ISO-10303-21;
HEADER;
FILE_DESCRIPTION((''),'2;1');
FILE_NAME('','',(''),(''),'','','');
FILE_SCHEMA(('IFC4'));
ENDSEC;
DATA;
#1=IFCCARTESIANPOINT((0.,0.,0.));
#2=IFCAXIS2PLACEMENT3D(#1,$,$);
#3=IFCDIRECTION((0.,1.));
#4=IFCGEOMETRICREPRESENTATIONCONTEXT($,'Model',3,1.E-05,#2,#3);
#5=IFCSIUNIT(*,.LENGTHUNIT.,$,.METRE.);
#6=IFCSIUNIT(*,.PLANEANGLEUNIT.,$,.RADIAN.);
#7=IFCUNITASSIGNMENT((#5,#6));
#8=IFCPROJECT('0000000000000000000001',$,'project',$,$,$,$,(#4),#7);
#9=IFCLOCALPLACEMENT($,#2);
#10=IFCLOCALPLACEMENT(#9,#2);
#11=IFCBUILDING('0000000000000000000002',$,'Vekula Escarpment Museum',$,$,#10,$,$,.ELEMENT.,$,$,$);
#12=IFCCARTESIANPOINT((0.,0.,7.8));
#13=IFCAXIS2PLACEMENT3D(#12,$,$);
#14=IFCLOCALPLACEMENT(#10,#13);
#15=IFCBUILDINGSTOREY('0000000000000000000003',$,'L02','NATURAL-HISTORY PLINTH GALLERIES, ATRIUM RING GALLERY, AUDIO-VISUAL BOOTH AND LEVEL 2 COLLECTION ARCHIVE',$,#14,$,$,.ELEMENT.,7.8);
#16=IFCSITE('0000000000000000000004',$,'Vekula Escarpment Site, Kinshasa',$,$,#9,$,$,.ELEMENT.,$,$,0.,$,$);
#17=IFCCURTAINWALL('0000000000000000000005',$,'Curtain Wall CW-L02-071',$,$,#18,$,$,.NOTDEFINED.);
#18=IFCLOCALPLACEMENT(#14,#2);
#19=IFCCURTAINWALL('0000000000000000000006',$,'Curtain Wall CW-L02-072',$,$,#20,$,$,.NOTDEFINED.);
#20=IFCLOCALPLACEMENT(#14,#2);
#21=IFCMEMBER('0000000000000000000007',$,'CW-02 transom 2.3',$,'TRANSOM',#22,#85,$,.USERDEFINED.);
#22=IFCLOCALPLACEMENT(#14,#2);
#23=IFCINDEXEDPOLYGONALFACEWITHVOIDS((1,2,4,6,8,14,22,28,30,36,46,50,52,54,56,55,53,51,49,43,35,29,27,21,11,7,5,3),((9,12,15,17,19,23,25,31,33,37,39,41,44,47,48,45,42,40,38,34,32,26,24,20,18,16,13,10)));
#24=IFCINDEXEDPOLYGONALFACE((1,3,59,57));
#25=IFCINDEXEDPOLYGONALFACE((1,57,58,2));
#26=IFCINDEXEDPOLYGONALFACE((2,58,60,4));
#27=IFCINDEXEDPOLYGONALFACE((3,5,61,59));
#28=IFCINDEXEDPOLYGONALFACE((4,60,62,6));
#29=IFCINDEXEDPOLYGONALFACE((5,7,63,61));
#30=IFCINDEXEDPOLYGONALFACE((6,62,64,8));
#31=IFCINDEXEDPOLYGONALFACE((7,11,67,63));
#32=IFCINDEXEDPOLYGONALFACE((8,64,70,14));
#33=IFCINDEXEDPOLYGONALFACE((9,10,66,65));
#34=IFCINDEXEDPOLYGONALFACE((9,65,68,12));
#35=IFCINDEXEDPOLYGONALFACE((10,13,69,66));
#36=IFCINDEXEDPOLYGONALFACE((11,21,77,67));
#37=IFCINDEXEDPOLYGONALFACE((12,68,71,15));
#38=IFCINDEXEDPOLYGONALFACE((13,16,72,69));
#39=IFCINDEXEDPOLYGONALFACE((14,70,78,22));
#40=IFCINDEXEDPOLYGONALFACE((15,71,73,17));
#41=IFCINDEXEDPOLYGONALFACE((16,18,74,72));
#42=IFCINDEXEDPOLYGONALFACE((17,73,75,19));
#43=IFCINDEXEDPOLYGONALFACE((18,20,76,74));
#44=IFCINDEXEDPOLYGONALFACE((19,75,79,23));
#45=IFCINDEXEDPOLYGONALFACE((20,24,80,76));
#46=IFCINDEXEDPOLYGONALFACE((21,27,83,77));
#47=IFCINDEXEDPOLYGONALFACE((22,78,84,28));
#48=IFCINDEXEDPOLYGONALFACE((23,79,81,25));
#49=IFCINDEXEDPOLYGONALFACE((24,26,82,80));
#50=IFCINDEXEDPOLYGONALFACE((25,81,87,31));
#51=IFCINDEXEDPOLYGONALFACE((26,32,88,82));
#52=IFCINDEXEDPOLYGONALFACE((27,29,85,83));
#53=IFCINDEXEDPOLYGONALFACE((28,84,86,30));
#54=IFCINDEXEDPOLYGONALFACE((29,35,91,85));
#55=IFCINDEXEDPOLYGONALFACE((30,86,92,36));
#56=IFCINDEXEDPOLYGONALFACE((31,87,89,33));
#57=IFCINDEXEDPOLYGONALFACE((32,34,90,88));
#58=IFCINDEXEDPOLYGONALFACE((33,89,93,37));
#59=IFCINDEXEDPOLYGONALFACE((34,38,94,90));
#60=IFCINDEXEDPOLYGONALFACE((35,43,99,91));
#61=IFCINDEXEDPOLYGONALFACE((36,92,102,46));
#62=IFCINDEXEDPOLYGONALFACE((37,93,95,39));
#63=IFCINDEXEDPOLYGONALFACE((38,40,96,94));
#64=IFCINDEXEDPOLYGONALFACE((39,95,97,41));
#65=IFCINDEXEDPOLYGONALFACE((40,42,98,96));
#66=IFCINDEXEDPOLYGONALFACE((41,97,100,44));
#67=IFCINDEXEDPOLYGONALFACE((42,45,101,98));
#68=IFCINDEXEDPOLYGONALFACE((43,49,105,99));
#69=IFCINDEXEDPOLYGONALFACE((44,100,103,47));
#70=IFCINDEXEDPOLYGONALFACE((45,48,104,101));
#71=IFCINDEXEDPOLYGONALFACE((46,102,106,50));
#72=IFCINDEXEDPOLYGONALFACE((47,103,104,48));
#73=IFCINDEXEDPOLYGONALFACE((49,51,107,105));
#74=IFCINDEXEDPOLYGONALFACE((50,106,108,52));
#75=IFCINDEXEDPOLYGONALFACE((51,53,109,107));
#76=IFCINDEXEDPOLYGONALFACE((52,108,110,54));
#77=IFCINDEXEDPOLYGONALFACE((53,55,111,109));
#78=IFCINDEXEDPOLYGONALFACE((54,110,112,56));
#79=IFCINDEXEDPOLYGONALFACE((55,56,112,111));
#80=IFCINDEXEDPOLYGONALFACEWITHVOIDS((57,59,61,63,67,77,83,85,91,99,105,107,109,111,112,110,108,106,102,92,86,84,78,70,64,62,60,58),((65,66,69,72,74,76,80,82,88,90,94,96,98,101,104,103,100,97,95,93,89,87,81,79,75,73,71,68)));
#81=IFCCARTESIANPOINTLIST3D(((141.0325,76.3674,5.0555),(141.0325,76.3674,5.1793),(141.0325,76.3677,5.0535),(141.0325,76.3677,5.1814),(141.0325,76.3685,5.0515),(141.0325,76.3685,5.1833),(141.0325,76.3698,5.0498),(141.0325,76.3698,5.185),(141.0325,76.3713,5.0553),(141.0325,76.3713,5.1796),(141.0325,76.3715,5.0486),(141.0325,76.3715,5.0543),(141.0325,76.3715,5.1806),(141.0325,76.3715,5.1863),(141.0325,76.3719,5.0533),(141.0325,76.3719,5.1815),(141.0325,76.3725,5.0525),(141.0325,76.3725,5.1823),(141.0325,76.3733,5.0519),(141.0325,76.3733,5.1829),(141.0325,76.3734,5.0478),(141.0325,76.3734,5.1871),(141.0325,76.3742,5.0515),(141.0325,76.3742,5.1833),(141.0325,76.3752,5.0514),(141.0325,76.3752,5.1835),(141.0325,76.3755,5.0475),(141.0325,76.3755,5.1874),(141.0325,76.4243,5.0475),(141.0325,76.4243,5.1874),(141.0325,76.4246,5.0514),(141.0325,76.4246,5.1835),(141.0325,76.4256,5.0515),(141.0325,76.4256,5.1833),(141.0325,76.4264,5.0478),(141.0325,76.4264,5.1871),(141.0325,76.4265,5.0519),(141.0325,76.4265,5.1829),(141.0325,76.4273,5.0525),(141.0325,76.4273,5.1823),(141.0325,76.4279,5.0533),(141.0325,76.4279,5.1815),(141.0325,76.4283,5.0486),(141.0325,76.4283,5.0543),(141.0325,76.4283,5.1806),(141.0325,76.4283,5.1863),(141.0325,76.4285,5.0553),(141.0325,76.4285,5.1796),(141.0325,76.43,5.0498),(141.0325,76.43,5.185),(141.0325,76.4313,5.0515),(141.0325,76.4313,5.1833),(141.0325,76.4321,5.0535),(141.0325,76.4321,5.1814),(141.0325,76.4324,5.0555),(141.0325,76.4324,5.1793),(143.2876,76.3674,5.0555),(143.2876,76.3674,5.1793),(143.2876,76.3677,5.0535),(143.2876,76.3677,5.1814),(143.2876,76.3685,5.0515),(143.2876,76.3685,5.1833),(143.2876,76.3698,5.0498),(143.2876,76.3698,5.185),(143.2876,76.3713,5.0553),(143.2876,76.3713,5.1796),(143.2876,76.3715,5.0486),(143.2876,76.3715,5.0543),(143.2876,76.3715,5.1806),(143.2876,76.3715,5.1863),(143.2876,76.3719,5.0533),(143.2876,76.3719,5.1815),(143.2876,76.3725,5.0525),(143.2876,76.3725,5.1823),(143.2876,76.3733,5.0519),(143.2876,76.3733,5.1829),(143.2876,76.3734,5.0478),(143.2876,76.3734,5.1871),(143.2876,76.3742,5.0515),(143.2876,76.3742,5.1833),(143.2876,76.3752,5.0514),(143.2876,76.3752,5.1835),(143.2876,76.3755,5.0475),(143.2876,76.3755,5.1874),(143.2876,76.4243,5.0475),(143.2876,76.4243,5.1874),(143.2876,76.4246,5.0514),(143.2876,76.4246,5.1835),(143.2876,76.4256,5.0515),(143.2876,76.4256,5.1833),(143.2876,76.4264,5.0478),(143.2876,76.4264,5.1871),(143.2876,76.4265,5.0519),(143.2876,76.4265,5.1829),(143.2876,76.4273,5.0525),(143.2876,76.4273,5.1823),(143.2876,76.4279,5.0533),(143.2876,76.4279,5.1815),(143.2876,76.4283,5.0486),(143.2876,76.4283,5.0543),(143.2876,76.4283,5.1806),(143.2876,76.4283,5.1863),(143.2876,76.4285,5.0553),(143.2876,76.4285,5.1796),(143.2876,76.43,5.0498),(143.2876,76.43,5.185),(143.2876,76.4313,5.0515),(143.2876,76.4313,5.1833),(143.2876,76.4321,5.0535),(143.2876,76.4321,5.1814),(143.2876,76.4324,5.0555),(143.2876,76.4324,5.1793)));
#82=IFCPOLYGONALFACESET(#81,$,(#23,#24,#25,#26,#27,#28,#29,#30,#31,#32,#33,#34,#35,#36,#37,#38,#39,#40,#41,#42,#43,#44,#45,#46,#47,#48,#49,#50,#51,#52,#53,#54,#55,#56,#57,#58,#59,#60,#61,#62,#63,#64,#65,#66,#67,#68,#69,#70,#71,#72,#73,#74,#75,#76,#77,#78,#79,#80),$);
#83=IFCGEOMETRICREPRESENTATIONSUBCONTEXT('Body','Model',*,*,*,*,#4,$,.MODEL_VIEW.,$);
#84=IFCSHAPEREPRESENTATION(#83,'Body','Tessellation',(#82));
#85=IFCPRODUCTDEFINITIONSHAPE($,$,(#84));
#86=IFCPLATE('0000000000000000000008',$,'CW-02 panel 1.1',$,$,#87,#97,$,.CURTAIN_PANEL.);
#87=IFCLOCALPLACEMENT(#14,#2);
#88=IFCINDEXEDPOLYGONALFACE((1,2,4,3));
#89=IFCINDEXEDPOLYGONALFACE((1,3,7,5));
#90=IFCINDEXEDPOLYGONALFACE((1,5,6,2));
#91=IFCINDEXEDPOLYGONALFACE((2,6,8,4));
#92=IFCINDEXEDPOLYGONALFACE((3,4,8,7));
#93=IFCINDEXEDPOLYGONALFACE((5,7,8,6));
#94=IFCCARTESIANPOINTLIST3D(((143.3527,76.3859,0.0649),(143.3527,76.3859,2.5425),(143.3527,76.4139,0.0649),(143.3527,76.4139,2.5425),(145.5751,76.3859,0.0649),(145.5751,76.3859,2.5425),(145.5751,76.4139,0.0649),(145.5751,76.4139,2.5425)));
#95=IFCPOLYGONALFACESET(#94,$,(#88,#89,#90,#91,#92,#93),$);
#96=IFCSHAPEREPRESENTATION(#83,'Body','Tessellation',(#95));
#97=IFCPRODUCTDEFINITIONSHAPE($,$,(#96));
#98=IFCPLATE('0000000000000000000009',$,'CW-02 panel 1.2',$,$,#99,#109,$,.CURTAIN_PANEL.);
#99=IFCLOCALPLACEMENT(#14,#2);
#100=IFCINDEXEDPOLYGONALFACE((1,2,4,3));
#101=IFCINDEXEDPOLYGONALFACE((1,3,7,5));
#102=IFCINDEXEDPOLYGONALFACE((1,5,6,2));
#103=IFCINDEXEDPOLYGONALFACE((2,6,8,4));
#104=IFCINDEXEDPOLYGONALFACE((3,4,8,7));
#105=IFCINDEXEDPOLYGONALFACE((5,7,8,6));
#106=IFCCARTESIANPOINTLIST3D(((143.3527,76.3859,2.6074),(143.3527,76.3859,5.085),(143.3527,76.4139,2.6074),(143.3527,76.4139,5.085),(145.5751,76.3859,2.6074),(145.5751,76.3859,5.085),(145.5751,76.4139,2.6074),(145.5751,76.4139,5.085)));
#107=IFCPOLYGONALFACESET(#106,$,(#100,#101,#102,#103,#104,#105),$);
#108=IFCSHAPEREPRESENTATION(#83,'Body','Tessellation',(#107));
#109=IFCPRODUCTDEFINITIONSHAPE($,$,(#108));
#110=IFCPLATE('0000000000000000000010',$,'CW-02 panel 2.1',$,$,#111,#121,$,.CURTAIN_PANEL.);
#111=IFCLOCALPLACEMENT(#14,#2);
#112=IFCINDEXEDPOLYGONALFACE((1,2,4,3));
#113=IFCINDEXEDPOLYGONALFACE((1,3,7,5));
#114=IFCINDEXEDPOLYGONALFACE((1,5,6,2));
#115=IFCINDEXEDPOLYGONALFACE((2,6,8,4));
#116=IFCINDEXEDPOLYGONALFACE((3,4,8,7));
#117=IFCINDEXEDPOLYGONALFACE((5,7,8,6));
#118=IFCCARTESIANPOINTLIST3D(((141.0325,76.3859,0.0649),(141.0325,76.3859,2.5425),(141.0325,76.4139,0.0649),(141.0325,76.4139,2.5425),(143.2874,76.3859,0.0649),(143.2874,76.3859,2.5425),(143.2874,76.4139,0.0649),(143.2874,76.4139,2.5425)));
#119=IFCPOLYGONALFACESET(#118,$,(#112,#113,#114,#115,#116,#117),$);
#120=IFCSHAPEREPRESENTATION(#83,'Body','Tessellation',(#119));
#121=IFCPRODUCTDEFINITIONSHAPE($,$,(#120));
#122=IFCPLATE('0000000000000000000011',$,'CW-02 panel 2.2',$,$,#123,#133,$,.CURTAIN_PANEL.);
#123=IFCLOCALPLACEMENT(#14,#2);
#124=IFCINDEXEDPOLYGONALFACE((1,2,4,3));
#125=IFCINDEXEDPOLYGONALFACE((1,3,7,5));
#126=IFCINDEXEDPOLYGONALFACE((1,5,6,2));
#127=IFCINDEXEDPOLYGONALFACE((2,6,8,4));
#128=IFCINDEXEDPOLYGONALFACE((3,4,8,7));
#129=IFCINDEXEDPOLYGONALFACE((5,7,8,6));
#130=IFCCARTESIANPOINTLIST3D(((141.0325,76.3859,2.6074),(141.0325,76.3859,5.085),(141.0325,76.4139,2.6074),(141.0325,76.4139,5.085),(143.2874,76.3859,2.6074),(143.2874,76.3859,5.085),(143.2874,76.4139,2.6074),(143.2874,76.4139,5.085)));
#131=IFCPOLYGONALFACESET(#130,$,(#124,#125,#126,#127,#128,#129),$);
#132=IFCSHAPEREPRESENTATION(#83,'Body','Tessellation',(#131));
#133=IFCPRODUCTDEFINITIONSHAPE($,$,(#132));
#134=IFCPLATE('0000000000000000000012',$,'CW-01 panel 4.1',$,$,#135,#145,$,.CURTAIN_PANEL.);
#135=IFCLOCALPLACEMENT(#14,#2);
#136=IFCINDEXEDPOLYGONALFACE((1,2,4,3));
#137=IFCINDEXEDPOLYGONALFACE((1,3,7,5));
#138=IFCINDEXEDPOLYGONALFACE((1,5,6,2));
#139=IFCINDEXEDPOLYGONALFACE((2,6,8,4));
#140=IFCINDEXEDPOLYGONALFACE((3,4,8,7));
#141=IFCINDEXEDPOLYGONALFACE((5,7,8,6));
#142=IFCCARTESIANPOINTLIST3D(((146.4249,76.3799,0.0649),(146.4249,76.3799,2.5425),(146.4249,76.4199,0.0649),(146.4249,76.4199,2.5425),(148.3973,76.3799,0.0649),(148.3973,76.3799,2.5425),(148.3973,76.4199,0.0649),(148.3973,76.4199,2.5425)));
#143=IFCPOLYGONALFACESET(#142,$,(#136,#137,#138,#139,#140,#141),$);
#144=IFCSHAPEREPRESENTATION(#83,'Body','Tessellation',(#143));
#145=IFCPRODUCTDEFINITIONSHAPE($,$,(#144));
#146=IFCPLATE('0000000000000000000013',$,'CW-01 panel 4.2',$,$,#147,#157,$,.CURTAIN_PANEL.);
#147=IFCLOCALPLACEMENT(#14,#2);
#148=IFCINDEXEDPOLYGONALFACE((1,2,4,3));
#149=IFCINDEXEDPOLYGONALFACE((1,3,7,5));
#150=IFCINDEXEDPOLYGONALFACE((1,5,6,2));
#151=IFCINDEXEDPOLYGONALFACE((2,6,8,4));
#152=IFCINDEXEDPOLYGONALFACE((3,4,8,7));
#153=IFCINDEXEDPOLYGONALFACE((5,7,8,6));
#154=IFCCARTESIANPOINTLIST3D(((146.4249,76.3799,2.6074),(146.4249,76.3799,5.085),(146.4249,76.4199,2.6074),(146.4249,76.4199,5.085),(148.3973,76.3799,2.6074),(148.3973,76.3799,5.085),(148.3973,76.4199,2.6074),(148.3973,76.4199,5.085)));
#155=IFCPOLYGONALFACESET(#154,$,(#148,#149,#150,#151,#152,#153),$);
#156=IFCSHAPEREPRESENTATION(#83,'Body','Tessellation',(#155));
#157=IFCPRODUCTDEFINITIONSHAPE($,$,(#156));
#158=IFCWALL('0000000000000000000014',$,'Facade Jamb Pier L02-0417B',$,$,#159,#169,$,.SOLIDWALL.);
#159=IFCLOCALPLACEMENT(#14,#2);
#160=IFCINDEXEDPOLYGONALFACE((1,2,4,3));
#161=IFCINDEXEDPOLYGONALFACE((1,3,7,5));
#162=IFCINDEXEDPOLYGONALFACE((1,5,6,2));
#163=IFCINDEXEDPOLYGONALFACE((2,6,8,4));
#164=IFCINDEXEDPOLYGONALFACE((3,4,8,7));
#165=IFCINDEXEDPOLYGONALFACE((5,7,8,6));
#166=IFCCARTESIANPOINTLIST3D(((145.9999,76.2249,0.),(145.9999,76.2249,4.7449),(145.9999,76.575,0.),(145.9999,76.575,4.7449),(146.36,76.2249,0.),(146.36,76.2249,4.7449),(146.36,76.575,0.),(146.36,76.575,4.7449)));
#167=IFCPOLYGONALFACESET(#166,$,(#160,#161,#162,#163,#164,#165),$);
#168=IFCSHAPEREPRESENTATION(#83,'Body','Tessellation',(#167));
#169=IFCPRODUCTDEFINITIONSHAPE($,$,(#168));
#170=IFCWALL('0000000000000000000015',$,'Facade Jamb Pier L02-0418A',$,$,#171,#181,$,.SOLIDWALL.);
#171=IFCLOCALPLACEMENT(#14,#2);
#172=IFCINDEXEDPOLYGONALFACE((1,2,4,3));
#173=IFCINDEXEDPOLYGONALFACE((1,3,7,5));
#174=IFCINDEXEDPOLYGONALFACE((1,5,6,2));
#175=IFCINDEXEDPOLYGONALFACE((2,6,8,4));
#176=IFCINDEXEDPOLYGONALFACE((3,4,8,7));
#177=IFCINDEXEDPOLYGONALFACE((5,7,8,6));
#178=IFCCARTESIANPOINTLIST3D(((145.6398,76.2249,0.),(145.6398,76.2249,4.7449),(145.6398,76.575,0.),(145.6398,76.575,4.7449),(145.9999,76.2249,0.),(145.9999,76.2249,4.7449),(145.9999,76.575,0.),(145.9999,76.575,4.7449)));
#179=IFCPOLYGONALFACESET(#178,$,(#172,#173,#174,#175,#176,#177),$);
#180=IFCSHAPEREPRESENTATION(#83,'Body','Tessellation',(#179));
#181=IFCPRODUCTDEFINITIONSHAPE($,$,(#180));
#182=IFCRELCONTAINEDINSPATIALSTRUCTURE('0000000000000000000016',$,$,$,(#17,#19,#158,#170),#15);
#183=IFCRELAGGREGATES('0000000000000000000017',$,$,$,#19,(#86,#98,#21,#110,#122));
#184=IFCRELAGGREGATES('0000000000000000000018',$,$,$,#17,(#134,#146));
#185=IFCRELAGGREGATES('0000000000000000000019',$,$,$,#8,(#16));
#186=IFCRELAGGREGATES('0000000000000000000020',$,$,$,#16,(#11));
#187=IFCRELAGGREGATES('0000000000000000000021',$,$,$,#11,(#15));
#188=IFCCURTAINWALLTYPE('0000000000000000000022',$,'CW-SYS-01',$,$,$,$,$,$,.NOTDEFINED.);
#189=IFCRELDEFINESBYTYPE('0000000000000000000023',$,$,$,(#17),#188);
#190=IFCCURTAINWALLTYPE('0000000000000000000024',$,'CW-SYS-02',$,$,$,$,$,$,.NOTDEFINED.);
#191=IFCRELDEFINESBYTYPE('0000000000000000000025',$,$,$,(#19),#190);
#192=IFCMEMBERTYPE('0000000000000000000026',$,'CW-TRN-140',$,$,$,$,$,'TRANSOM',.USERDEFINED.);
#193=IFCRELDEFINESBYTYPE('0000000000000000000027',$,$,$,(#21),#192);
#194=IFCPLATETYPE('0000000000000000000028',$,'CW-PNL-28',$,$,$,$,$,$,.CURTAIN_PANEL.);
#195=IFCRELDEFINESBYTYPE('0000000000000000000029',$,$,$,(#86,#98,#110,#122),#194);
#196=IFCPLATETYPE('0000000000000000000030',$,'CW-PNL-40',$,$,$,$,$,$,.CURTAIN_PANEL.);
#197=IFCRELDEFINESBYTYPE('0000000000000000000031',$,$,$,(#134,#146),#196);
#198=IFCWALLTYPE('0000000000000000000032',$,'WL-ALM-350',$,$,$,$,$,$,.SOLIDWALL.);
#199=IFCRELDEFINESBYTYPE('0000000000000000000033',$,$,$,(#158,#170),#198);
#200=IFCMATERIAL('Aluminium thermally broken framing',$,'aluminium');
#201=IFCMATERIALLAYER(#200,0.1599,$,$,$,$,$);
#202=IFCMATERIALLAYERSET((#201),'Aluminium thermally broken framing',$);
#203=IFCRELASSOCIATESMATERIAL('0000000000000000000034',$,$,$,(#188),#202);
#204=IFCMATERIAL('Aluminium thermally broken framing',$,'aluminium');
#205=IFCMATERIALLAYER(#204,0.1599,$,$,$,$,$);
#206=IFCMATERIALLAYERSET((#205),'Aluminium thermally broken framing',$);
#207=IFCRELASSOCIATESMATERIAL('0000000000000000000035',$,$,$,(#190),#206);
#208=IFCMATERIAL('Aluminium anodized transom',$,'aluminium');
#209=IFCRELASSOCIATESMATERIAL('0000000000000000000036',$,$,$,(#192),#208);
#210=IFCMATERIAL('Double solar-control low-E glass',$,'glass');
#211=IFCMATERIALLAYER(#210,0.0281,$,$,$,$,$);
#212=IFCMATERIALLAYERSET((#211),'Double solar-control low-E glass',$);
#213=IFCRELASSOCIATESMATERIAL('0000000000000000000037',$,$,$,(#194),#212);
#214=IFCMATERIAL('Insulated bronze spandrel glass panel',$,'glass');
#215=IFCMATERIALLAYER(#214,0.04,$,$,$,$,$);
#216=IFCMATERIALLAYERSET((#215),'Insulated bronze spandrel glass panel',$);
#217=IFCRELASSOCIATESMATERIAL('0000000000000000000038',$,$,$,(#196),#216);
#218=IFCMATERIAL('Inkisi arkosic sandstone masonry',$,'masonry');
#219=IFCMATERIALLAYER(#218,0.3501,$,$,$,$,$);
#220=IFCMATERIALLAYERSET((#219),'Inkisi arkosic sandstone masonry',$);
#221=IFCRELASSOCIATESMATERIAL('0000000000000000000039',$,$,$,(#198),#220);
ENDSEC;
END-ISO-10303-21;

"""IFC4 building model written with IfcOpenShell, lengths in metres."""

from ifc_helpers import new_model, si_unit, direction, frame, frame_2d, origin, origin_2d, place, context, subcontext, project, spatial, rectangle, hollow_rectangle, extrude, material, layer, layer_set, material_profile, profile_set, type_object, element, aggregate, save


model = new_model("IFC4")

# Units and contexts
model_context = context("Model", 3, precision=1e-05, world=origin(), true_north=direction((0.0, 1.0)))
body_context = subcontext(model_context, "Body", "Model", "MODEL_VIEW")
ifc_project = project(units=[si_unit("LENGTHUNIT", "METRE"), si_unit("PLANEANGLEUNIT", "RADIAN")], contexts=[model_context])

# Site, building, storey
site_placement = place(None, origin())
site = spatial("IfcSite", under=ifc_project, at=site_placement, Name="Vekula Escarpment Site, Kinshasa", CompositionType="ELEMENT", RefElevation=0.0)
building_placement = place(site_placement, origin())
building = spatial("IfcBuilding", under=site, at=building_placement, Name="Vekula Escarpment Museum", CompositionType="ELEMENT")
storey_placement = place(building_placement, frame((0.0, 0.0, 7.8)))
storey = spatial("IfcBuildingStorey", under=building, at=storey_placement, Name="L02", Description="NATURAL-HISTORY PLINTH GALLERIES, ATRIUM RING GALLERY, AUDIO-VISUAL BOOTH AND LEVEL 2 COLLECTION ARCHIVE", CompositionType="ELEMENT", Elevation=7.8)

# Curtain walls
ifc_material_1 = material(Name="Aluminium thermally broken framing", Category="aluminium")
ifc_layer_1 = layer(ifc_material_1, 0.1599)
ifc_layer_set_1 = layer_set([ifc_layer_1], Name="Aluminium thermally broken framing")
curtain_wall_type_1 = type_object("IfcCurtainWallType", Name="CW-SYS-01", PredefinedType="NOTDEFINED", material=ifc_layer_set_1)
curtain_wall_1_placement = place(storey_placement, origin())
curtain_wall_1 = element("IfcCurtainWall", 1, at=curtain_wall_1_placement, inside=storey, type_object=curtain_wall_type_1, Name="Curtain Wall CW-L02-071", PredefinedType="NOTDEFINED")
ifc_material_2 = material(Name="Aluminium thermally broken framing", Category="aluminium")
ifc_layer_2 = layer(ifc_material_2, 0.1599)
ifc_layer_set_2 = layer_set([ifc_layer_2], Name="Aluminium thermally broken framing")
curtain_wall_type_2 = type_object("IfcCurtainWallType", Name="CW-SYS-02", PredefinedType="NOTDEFINED", material=ifc_layer_set_2)
curtain_wall_2_placement = place(storey_placement, origin())
curtain_wall_2 = element("IfcCurtainWall", 2, at=curtain_wall_2_placement, inside=storey, type_object=curtain_wall_type_2, Name="Curtain Wall CW-L02-072", PredefinedType="NOTDEFINED")

# Member
ifc_material_3 = material(Name="Aluminium anodized transom", Category="aluminium")
ifc_material_profile_1 = material_profile(ifc_material_3, hollow_rectangle(XDim=0.0649, YDim=0.1399, WallThickness=0.0039, InnerFilletRadius=0.0039, OuterFilletRadius=0.0081, at=origin_2d()), Name="ALU 140x65x4")
ifc_profile_set_1 = profile_set([ifc_material_profile_1], Name="Aluminium anodized transom")
member_type_1 = type_object("IfcMemberType", Name="CW-TRN-140", ElementType="TRANSOM", PredefinedType="USERDEFINED", material=ifc_profile_set_1)
member_1_placement = place(storey_placement, frame((143.2876, 76.3999, 5.1174), z_axis=(-1.0, 0.0, 0.0), x_axis=(0.0, -1.0, 0.0)))
member_1 = element("IfcMember", 3, at=member_1_placement, type_object=member_type_1, Name="CW-02 transom 2.3", ObjectType="TRANSOM", PredefinedType="USERDEFINED", context=body_context, shape_type="SweptSolid", body=[
    extrude(hollow_rectangle(XDim=0.0649, YDim=0.1399, WallThickness=0.0039, InnerFilletRadius=0.0039, OuterFilletRadius=0.0081, at=origin_2d()), origin(), (0.0, 0.0, 1.0), 2.2551),
])

# Plates
ifc_material_4 = material(Name="Double solar-control low-E glass", Category="glass")
ifc_layer_3 = layer(ifc_material_4, 0.0281)
ifc_layer_set_3 = layer_set([ifc_layer_3], Name="Double solar-control low-E glass")
plate_type_1 = type_object("IfcPlateType", Name="CW-PNL-28", PredefinedType="CURTAIN_PANEL", material=ifc_layer_set_3)
plate_1_placement = place(storey_placement, frame((144.4639, 76.3999, 0.0649), z_axis=(0.0, 0.0, 1.0), x_axis=(-1.0, 0.0, 0.0)))
plate_1 = element("IfcPlate", 4, at=plate_1_placement, type_object=plate_type_1, Name="CW-02 panel 1.1", PredefinedType="CURTAIN_PANEL", context=body_context, shape_type="SweptSolid", body=[
    extrude(rectangle(XDim=2.2224, YDim=0.0281, at=origin_2d()), origin(), (0.0, 0.0, 1.0), 2.4775),
])
plate_2_placement = place(storey_placement, frame((144.4639, 76.3999, 2.6074), z_axis=(0.0, 0.0, 1.0), x_axis=(-1.0, 0.0, 0.0)))
plate_2 = element("IfcPlate", 5, at=plate_2_placement, type_object=plate_type_1, Name="CW-02 panel 1.2", PredefinedType="CURTAIN_PANEL", context=body_context, shape_type="SweptSolid", body=[
    extrude(rectangle(XDim=2.2224, YDim=0.0281, at=origin_2d()), origin(), (0.0, 0.0, 1.0), 2.4775),
])
plate_3_placement = place(storey_placement, frame((142.1599, 76.3999, 0.0649), z_axis=(0.0, 0.0, 1.0), x_axis=(-1.0, 0.0, 0.0)))
plate_3 = element("IfcPlate", 6, at=plate_3_placement, type_object=plate_type_1, Name="CW-02 panel 2.1", PredefinedType="CURTAIN_PANEL", context=body_context, shape_type="SweptSolid", body=[
    extrude(rectangle(XDim=2.2549, YDim=0.0281, at=origin_2d()), origin(), (0.0, 0.0, 1.0), 2.4775),
])
plate_4_placement = place(storey_placement, frame((142.1599, 76.3999, 2.6074), z_axis=(0.0, 0.0, 1.0), x_axis=(-1.0, 0.0, 0.0)))
plate_4 = element("IfcPlate", 7, at=plate_4_placement, type_object=plate_type_1, Name="CW-02 panel 2.2", PredefinedType="CURTAIN_PANEL", context=body_context, shape_type="SweptSolid", body=[
    extrude(rectangle(XDim=2.2549, YDim=0.0281, at=origin_2d()), origin(), (0.0, 0.0, 1.0), 2.4775),
])
aggregate(curtain_wall_2, [plate_1, plate_2, member_1, plate_3, plate_4])
ifc_material_5 = material(Name="Insulated bronze spandrel glass panel", Category="glass")
ifc_layer_4 = layer(ifc_material_5, 0.04)
ifc_layer_set_4 = layer_set([ifc_layer_4], Name="Insulated bronze spandrel glass panel")
plate_type_2 = type_object("IfcPlateType", Name="CW-PNL-40", PredefinedType="CURTAIN_PANEL", material=ifc_layer_set_4)
plate_5_placement = place(storey_placement, frame((147.4111, 76.3999, 0.0649), z_axis=(0.0, 0.0, 1.0), x_axis=(-1.0, 0.0, 0.0)))
plate_5 = element("IfcPlate", 8, at=plate_5_placement, type_object=plate_type_2, Name="CW-01 panel 4.1", PredefinedType="CURTAIN_PANEL", context=body_context, shape_type="SweptSolid", body=[
    extrude(rectangle(XDim=1.9724, YDim=0.04, at=origin_2d()), origin(), (0.0, 0.0, 1.0), 2.4775),
])
plate_6_placement = place(storey_placement, frame((147.4111, 76.3999, 2.6074), z_axis=(0.0, 0.0, 1.0), x_axis=(-1.0, 0.0, 0.0)))
plate_6 = element("IfcPlate", 9, at=plate_6_placement, type_object=plate_type_2, Name="CW-01 panel 4.2", PredefinedType="CURTAIN_PANEL", context=body_context, shape_type="SweptSolid", body=[
    extrude(rectangle(XDim=1.9724, YDim=0.04, at=origin_2d()), origin(), (0.0, 0.0, 1.0), 2.4775),
])
aggregate(curtain_wall_1, [plate_5, plate_6])

# Walls
ifc_material_6 = material(Name="Inkisi arkosic sandstone masonry", Category="masonry")
ifc_layer_5 = layer(ifc_material_6, 0.3501)
ifc_layer_set_5 = layer_set([ifc_layer_5], Name="Inkisi arkosic sandstone masonry")
wall_type = type_object("IfcWallType", Name="WL-ALM-350", PredefinedType="SOLIDWALL", material=ifc_layer_set_5)
for number, where, z_axis, x_axis, name in (
    (10, (146.3601, 76.3999, 0.0), (0.0, 0.0, 1.0), (-1.0, 0.0, 0.0), "Facade Jamb Pier L02-0417B"),
    (11, (146.0, 76.3999, 0.0), (0.0, 0.0, 1.0), (-1.0, 0.0, 0.0), "Facade Jamb Pier L02-0418A"),
):
    element("IfcWall", number, at=place(storey_placement, frame(where, z_axis=z_axis, x_axis=x_axis)), inside=storey, type_object=wall_type, Name=name, PredefinedType="SOLIDWALL", context=body_context, shape_type="SweptSolid", body=[
        extrude(rectangle(XDim=0.3601, YDim=0.3501, at=frame_2d((0.1802, 0.0))), origin(), (0.0, 0.0, 1.0), 4.7449),
    ])

save(model, "model.ifc")
